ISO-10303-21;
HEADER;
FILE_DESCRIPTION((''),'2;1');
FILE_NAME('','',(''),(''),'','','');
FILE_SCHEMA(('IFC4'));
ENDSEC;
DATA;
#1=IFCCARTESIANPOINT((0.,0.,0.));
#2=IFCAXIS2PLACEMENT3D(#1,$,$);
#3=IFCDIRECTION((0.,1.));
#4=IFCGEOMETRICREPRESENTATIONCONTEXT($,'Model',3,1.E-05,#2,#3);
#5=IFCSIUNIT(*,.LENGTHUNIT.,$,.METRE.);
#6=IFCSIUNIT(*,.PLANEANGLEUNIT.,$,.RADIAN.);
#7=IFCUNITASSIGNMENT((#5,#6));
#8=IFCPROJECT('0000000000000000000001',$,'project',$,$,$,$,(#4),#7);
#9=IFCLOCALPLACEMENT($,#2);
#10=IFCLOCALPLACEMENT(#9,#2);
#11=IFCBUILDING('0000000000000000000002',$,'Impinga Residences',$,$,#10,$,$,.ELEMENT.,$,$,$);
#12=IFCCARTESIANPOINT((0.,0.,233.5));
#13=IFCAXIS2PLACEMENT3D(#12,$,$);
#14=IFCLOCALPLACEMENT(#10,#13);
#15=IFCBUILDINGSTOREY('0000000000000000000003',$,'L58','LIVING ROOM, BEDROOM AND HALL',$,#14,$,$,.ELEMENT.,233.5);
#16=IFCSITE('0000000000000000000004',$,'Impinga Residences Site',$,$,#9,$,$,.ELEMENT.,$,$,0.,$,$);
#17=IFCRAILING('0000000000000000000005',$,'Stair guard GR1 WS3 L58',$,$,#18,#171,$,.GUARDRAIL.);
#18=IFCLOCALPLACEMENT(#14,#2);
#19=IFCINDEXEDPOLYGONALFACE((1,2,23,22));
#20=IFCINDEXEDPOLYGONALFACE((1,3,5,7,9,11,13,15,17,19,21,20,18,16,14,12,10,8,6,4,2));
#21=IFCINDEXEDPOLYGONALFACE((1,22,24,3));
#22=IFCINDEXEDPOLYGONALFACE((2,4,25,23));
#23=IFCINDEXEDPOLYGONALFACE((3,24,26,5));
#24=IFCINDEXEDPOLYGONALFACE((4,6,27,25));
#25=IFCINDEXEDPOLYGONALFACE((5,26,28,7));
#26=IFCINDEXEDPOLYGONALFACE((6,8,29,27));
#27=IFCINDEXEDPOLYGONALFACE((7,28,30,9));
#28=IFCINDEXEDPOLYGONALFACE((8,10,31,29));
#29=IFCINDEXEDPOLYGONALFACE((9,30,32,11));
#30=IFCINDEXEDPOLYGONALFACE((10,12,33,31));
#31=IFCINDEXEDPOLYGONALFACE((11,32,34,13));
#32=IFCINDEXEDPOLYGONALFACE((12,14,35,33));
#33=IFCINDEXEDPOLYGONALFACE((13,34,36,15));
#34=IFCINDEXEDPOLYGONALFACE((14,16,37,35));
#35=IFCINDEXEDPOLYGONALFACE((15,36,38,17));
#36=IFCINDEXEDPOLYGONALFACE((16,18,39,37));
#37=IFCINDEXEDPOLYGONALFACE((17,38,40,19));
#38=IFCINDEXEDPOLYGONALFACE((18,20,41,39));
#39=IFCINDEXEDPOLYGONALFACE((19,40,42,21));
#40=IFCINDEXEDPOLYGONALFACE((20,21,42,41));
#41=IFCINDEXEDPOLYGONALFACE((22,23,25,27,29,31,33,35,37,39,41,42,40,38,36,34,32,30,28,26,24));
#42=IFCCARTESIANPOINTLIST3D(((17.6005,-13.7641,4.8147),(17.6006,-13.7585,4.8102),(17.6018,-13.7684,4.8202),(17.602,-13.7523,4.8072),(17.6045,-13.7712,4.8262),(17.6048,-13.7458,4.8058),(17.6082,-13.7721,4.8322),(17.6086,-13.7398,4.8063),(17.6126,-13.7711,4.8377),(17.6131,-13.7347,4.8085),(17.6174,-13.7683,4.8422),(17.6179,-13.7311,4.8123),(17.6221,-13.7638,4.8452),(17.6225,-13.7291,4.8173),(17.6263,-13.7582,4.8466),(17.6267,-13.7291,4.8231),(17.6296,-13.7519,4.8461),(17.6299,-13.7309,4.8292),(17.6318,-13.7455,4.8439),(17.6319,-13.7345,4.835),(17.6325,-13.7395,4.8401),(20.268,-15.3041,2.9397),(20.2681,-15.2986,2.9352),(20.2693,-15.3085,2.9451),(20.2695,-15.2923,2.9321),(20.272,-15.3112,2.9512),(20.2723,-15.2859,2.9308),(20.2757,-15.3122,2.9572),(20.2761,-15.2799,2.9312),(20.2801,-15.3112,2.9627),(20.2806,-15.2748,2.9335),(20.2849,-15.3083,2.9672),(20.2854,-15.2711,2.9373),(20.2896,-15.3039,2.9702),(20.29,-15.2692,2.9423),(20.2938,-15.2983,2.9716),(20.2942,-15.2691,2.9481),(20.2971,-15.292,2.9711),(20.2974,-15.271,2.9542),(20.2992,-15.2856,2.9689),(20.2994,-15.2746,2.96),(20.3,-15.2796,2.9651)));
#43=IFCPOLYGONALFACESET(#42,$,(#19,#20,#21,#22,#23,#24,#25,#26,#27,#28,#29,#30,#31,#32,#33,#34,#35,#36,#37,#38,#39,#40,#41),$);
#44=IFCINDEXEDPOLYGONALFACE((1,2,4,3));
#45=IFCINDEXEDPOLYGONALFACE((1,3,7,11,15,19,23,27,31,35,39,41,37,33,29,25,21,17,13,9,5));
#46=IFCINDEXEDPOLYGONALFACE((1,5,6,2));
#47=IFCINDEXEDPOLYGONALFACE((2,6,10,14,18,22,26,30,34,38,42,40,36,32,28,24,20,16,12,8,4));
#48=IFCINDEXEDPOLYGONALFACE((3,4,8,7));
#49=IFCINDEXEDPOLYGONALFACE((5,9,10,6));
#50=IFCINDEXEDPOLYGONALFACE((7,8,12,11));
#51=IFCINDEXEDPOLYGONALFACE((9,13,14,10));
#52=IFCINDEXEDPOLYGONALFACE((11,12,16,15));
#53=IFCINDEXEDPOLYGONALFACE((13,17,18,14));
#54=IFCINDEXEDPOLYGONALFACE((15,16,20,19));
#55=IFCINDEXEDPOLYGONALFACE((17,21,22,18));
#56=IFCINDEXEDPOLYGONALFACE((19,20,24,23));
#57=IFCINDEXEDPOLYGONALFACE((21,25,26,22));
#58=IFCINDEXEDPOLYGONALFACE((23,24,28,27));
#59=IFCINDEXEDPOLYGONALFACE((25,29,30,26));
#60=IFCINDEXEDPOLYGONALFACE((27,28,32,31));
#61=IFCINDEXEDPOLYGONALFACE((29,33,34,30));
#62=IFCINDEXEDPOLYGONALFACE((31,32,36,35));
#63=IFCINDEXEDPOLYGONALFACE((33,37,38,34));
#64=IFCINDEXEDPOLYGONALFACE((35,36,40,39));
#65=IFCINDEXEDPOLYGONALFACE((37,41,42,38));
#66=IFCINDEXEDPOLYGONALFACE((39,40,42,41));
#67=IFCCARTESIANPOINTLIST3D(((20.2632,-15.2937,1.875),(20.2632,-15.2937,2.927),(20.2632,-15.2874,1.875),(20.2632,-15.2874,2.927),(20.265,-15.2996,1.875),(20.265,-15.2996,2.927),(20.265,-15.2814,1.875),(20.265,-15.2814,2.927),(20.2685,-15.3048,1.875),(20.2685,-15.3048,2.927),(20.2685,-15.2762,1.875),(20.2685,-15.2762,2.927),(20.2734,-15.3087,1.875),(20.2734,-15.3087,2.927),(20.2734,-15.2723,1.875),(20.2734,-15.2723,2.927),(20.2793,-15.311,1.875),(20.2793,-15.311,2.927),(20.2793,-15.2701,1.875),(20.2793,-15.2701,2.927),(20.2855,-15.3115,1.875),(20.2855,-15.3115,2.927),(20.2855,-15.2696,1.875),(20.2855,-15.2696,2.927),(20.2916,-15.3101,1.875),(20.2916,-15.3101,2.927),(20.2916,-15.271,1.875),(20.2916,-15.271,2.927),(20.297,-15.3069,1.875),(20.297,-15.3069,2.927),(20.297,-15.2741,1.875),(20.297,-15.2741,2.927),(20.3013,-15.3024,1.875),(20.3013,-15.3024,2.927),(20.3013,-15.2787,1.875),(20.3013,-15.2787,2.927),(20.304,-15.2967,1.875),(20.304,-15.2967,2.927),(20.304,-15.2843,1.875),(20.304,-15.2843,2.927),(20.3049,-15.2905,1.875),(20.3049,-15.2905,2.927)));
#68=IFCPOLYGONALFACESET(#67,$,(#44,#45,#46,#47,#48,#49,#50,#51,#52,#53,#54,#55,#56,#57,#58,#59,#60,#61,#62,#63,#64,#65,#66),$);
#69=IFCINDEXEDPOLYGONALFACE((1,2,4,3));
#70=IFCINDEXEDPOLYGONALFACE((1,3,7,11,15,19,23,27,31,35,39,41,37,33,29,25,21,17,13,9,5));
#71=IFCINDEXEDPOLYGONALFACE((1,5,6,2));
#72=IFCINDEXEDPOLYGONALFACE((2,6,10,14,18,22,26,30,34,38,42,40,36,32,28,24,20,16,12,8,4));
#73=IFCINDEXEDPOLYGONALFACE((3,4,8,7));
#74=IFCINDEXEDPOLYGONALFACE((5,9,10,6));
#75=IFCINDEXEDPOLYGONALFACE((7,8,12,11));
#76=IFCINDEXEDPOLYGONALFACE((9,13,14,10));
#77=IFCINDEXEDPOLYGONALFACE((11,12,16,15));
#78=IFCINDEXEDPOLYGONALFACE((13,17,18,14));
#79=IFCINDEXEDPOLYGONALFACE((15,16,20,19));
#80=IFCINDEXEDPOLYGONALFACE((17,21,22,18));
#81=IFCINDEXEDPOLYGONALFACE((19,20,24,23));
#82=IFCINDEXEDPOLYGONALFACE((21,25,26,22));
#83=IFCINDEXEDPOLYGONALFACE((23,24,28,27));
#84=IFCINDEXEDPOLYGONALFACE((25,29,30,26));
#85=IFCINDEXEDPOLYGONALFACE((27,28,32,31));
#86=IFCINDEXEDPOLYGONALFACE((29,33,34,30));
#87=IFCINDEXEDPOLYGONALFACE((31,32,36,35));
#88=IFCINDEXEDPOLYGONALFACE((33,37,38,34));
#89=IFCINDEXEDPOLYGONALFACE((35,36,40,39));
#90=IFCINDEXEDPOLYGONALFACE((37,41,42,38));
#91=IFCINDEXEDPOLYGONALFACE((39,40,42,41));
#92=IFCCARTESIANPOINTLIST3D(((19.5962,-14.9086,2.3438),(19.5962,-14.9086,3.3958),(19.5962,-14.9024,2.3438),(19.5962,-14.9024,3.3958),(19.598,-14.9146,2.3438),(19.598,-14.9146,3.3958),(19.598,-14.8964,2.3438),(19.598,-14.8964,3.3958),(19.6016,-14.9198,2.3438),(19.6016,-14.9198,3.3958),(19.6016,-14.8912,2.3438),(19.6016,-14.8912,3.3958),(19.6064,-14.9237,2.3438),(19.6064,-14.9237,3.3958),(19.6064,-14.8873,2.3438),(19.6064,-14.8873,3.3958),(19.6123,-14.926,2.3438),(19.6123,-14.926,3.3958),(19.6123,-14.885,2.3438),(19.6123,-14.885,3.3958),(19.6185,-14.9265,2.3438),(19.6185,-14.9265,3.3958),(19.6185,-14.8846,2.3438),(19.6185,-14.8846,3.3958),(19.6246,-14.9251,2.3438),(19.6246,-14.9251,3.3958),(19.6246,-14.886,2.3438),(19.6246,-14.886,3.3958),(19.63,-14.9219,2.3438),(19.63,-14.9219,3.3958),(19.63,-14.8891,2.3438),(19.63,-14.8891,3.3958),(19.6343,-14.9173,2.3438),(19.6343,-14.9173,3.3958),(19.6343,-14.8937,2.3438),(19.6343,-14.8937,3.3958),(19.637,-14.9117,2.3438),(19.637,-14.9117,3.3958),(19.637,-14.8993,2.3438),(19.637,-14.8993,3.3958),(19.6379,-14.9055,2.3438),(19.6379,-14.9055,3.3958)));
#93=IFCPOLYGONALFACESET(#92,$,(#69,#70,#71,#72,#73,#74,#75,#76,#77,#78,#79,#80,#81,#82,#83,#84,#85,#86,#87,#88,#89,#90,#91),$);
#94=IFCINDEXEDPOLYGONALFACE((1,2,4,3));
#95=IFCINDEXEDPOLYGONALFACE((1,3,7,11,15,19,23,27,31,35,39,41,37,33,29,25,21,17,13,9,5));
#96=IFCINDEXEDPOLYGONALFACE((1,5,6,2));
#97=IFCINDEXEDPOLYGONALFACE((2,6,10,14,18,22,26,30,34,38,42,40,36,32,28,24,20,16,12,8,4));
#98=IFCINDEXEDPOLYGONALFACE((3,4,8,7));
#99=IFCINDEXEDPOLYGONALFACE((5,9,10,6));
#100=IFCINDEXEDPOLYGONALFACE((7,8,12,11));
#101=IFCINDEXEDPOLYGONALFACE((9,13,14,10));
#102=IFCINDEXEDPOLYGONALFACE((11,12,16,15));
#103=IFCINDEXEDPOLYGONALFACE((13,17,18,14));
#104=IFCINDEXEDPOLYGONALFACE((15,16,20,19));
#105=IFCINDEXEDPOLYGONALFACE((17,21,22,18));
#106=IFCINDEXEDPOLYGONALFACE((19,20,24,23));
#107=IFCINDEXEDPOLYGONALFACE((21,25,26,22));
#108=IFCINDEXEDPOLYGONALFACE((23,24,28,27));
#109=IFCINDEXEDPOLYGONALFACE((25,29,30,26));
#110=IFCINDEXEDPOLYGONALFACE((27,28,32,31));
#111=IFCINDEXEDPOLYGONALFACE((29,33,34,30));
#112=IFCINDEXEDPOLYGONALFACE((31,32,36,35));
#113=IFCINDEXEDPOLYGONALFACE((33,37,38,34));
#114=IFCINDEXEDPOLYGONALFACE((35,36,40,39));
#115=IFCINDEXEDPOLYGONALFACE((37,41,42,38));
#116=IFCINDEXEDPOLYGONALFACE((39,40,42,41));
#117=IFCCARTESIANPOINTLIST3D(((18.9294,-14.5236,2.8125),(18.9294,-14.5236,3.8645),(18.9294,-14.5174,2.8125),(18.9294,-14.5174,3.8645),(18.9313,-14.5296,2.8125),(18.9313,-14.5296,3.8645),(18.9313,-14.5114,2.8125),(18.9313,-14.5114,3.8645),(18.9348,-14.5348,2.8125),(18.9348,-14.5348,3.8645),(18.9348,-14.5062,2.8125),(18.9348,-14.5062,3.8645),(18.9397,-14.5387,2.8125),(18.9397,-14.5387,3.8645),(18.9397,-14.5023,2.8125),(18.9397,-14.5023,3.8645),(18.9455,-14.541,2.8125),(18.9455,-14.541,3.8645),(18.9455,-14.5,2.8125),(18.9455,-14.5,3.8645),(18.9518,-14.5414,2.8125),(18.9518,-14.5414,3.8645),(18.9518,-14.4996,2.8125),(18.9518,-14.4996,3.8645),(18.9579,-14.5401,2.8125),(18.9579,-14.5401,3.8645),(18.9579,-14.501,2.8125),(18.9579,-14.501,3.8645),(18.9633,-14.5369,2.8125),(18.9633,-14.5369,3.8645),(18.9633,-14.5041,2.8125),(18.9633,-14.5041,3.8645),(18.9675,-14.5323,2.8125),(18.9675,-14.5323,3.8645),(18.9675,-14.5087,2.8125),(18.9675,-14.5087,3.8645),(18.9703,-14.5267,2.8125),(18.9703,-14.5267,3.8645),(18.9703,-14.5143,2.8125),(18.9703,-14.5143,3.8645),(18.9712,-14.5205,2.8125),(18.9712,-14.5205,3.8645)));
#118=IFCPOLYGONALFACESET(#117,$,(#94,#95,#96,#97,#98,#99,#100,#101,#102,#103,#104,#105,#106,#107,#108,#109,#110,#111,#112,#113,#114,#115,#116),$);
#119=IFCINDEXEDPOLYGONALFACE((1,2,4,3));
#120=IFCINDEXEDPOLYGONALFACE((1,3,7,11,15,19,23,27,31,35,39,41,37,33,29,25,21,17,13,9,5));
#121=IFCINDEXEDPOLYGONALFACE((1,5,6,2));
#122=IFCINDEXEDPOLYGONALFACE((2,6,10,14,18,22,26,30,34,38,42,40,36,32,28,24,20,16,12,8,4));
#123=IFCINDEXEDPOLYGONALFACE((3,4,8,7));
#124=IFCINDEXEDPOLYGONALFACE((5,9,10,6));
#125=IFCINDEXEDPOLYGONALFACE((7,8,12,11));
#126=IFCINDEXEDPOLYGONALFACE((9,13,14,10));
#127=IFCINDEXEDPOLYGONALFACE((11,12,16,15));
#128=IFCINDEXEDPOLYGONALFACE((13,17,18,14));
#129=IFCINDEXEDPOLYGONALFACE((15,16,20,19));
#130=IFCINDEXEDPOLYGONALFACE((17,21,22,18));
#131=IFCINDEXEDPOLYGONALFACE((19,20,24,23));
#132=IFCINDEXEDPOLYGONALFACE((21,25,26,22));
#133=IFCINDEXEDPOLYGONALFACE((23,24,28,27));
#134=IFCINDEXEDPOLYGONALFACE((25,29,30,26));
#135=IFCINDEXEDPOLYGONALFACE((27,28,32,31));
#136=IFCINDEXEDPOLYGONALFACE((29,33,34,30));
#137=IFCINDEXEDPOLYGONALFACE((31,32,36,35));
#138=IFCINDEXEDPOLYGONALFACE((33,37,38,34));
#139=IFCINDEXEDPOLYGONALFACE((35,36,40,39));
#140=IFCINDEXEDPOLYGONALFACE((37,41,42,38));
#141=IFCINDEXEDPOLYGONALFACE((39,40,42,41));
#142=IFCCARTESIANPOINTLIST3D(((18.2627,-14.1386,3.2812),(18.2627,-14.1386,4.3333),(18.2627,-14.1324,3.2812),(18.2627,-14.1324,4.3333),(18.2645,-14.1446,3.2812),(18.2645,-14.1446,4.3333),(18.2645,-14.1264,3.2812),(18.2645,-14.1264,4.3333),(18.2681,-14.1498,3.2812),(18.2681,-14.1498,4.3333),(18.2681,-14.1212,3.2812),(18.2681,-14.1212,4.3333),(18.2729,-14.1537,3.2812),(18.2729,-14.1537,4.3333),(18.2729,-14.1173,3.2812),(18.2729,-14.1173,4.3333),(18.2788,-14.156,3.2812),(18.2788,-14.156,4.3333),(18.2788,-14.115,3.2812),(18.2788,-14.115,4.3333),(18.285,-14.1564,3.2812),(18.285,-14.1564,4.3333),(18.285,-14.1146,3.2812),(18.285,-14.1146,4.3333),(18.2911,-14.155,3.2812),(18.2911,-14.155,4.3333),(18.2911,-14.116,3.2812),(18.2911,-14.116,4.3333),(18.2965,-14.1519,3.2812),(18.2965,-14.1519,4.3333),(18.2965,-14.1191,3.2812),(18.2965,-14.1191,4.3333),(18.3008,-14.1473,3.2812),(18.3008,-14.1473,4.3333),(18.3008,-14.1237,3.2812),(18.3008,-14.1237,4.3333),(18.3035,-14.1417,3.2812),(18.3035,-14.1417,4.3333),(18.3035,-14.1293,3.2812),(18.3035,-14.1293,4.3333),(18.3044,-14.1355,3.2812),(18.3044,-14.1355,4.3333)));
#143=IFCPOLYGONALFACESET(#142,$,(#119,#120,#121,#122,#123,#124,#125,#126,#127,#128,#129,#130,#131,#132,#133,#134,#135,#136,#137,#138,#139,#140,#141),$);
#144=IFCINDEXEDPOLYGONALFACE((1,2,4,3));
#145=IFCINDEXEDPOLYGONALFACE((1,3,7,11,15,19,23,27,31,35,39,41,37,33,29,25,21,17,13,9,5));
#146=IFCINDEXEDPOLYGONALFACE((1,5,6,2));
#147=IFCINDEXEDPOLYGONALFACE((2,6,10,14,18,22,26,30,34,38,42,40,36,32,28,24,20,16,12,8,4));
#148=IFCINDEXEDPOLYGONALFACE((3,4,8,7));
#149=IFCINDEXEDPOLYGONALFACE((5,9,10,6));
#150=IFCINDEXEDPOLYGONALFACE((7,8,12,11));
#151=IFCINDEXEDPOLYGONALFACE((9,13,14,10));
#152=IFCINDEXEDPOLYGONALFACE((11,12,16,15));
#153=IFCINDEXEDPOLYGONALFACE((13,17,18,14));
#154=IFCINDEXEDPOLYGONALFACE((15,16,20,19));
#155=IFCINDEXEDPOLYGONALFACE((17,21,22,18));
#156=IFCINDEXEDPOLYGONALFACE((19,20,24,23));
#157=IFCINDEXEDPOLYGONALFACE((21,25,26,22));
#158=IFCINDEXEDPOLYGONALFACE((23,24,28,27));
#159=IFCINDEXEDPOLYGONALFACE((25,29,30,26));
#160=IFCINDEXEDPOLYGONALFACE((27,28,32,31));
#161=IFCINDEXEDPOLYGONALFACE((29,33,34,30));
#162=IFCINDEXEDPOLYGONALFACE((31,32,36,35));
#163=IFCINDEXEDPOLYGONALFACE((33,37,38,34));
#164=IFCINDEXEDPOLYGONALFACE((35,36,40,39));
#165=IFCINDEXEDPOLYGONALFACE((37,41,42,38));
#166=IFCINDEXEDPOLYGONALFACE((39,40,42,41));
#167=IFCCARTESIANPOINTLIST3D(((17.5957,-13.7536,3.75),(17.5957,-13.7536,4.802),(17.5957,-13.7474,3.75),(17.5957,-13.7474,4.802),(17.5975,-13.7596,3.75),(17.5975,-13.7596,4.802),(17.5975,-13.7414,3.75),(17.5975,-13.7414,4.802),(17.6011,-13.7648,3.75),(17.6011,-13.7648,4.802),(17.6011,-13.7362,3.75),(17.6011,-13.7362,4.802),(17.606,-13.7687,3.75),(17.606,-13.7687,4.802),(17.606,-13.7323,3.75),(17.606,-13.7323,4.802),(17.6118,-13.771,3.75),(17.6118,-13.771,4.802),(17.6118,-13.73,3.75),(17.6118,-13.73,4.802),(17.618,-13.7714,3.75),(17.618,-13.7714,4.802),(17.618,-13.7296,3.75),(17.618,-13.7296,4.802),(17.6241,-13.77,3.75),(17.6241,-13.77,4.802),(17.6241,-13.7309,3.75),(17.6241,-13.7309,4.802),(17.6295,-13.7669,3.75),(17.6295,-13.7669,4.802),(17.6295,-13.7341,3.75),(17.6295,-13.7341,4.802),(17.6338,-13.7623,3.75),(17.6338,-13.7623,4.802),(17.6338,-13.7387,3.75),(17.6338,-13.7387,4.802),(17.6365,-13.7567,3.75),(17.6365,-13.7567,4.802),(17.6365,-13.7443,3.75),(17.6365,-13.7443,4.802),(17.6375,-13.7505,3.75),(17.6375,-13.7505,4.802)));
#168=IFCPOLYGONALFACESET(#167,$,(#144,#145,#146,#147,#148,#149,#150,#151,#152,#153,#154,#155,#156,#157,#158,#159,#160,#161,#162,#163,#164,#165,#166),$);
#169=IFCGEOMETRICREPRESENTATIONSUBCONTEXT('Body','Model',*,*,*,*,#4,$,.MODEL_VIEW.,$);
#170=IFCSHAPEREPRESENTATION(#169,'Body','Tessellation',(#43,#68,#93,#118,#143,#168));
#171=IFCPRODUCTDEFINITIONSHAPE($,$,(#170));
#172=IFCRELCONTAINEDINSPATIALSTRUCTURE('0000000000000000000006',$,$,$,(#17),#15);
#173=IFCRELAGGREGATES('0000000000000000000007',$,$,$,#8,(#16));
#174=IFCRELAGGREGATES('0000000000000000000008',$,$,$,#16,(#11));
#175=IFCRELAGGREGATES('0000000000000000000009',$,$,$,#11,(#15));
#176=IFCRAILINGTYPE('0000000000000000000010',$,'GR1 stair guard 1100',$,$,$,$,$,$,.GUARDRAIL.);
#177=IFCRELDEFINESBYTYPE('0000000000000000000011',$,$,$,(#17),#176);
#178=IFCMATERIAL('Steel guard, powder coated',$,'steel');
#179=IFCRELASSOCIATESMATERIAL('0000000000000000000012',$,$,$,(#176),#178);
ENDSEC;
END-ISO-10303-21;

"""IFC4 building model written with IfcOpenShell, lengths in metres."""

from ifc_helpers import new_model, si_unit, direction, frame, origin, origin_2d, place, context, subcontext, project, spatial, circle, extrude, material, type_object, element, save


model = new_model("IFC4")

# Units and contexts
model_context = context("Model", 3, precision=1e-05, world=origin(), true_north=direction((0.0, 1.0)))
body_context = subcontext(model_context, "Body", "Model", "MODEL_VIEW")
ifc_project = project(units=[si_unit("LENGTHUNIT", "METRE"), si_unit("PLANEANGLEUNIT", "RADIAN")], contexts=[model_context])

# Site, building, storey
site_placement = place(None, origin())
site = spatial("IfcSite", under=ifc_project, at=site_placement, Name="Impinga Residences Site", CompositionType="ELEMENT", RefElevation=0.0)
building_placement = place(site_placement, origin())
building = spatial("IfcBuilding", under=site, at=building_placement, Name="Impinga Residences", CompositionType="ELEMENT")
storey_placement = place(building_placement, frame((0.0, 0.0, 233.5)))
storey = spatial("IfcBuildingStorey", under=building, at=storey_placement, Name="L58", Description="LIVING ROOM, BEDROOM AND HALL", CompositionType="ELEMENT", Elevation=233.5)

# Railing
ifc_material_1 = material(Name="Steel guard, powder coated", Category="steel")
railing_type_1 = type_object("IfcRailingType", Name="GR1 stair guard 1100", PredefinedType="GUARDRAIL", material=ifc_material_1)
railing_1_placement = place(storey_placement, frame((20.2839, -15.2905, 1.875)))
element("IfcRailing", 1, at=railing_1_placement, inside=storey, type_object=railing_type_1, Name="Stair guard GR1 WS3 L58", PredefinedType="GUARDRAIL", context=body_context, shape_type="SweptSolid", body=[
    extrude(circle(Radius=0.0239, at=origin_2d()), frame((0.0, 0.0, 1.0762), z_axis=(-0.739746, 0.427084, 0.519975), x_axis=(-0.499992, -0.86603, 0.0)), (0.0, 0.0, 1.0), 3.606),
    extrude(circle(Radius=0.021, at=origin_2d()), origin(), (0.0, 0.0, 1.0), 1.052),
    extrude(circle(Radius=0.021, at=origin_2d()), frame((-0.667, 0.385, 0.4688)), (0.0, 0.0, 1.0), 1.052),
    extrude(circle(Radius=0.021, at=origin_2d()), frame((-1.3337, 0.77, 0.9375)), (0.0, 0.0, 1.0), 1.052),
    extrude(circle(Radius=0.021, at=origin_2d()), frame((-2.0005, 1.155, 1.4062)), (0.0, 0.0, 1.0), 1.052),
    extrude(circle(Radius=0.021, at=origin_2d()), frame((-2.6675, 1.54, 1.875)), (0.0, 0.0, 1.0), 1.052),
])

save(model, "model.ifc")
